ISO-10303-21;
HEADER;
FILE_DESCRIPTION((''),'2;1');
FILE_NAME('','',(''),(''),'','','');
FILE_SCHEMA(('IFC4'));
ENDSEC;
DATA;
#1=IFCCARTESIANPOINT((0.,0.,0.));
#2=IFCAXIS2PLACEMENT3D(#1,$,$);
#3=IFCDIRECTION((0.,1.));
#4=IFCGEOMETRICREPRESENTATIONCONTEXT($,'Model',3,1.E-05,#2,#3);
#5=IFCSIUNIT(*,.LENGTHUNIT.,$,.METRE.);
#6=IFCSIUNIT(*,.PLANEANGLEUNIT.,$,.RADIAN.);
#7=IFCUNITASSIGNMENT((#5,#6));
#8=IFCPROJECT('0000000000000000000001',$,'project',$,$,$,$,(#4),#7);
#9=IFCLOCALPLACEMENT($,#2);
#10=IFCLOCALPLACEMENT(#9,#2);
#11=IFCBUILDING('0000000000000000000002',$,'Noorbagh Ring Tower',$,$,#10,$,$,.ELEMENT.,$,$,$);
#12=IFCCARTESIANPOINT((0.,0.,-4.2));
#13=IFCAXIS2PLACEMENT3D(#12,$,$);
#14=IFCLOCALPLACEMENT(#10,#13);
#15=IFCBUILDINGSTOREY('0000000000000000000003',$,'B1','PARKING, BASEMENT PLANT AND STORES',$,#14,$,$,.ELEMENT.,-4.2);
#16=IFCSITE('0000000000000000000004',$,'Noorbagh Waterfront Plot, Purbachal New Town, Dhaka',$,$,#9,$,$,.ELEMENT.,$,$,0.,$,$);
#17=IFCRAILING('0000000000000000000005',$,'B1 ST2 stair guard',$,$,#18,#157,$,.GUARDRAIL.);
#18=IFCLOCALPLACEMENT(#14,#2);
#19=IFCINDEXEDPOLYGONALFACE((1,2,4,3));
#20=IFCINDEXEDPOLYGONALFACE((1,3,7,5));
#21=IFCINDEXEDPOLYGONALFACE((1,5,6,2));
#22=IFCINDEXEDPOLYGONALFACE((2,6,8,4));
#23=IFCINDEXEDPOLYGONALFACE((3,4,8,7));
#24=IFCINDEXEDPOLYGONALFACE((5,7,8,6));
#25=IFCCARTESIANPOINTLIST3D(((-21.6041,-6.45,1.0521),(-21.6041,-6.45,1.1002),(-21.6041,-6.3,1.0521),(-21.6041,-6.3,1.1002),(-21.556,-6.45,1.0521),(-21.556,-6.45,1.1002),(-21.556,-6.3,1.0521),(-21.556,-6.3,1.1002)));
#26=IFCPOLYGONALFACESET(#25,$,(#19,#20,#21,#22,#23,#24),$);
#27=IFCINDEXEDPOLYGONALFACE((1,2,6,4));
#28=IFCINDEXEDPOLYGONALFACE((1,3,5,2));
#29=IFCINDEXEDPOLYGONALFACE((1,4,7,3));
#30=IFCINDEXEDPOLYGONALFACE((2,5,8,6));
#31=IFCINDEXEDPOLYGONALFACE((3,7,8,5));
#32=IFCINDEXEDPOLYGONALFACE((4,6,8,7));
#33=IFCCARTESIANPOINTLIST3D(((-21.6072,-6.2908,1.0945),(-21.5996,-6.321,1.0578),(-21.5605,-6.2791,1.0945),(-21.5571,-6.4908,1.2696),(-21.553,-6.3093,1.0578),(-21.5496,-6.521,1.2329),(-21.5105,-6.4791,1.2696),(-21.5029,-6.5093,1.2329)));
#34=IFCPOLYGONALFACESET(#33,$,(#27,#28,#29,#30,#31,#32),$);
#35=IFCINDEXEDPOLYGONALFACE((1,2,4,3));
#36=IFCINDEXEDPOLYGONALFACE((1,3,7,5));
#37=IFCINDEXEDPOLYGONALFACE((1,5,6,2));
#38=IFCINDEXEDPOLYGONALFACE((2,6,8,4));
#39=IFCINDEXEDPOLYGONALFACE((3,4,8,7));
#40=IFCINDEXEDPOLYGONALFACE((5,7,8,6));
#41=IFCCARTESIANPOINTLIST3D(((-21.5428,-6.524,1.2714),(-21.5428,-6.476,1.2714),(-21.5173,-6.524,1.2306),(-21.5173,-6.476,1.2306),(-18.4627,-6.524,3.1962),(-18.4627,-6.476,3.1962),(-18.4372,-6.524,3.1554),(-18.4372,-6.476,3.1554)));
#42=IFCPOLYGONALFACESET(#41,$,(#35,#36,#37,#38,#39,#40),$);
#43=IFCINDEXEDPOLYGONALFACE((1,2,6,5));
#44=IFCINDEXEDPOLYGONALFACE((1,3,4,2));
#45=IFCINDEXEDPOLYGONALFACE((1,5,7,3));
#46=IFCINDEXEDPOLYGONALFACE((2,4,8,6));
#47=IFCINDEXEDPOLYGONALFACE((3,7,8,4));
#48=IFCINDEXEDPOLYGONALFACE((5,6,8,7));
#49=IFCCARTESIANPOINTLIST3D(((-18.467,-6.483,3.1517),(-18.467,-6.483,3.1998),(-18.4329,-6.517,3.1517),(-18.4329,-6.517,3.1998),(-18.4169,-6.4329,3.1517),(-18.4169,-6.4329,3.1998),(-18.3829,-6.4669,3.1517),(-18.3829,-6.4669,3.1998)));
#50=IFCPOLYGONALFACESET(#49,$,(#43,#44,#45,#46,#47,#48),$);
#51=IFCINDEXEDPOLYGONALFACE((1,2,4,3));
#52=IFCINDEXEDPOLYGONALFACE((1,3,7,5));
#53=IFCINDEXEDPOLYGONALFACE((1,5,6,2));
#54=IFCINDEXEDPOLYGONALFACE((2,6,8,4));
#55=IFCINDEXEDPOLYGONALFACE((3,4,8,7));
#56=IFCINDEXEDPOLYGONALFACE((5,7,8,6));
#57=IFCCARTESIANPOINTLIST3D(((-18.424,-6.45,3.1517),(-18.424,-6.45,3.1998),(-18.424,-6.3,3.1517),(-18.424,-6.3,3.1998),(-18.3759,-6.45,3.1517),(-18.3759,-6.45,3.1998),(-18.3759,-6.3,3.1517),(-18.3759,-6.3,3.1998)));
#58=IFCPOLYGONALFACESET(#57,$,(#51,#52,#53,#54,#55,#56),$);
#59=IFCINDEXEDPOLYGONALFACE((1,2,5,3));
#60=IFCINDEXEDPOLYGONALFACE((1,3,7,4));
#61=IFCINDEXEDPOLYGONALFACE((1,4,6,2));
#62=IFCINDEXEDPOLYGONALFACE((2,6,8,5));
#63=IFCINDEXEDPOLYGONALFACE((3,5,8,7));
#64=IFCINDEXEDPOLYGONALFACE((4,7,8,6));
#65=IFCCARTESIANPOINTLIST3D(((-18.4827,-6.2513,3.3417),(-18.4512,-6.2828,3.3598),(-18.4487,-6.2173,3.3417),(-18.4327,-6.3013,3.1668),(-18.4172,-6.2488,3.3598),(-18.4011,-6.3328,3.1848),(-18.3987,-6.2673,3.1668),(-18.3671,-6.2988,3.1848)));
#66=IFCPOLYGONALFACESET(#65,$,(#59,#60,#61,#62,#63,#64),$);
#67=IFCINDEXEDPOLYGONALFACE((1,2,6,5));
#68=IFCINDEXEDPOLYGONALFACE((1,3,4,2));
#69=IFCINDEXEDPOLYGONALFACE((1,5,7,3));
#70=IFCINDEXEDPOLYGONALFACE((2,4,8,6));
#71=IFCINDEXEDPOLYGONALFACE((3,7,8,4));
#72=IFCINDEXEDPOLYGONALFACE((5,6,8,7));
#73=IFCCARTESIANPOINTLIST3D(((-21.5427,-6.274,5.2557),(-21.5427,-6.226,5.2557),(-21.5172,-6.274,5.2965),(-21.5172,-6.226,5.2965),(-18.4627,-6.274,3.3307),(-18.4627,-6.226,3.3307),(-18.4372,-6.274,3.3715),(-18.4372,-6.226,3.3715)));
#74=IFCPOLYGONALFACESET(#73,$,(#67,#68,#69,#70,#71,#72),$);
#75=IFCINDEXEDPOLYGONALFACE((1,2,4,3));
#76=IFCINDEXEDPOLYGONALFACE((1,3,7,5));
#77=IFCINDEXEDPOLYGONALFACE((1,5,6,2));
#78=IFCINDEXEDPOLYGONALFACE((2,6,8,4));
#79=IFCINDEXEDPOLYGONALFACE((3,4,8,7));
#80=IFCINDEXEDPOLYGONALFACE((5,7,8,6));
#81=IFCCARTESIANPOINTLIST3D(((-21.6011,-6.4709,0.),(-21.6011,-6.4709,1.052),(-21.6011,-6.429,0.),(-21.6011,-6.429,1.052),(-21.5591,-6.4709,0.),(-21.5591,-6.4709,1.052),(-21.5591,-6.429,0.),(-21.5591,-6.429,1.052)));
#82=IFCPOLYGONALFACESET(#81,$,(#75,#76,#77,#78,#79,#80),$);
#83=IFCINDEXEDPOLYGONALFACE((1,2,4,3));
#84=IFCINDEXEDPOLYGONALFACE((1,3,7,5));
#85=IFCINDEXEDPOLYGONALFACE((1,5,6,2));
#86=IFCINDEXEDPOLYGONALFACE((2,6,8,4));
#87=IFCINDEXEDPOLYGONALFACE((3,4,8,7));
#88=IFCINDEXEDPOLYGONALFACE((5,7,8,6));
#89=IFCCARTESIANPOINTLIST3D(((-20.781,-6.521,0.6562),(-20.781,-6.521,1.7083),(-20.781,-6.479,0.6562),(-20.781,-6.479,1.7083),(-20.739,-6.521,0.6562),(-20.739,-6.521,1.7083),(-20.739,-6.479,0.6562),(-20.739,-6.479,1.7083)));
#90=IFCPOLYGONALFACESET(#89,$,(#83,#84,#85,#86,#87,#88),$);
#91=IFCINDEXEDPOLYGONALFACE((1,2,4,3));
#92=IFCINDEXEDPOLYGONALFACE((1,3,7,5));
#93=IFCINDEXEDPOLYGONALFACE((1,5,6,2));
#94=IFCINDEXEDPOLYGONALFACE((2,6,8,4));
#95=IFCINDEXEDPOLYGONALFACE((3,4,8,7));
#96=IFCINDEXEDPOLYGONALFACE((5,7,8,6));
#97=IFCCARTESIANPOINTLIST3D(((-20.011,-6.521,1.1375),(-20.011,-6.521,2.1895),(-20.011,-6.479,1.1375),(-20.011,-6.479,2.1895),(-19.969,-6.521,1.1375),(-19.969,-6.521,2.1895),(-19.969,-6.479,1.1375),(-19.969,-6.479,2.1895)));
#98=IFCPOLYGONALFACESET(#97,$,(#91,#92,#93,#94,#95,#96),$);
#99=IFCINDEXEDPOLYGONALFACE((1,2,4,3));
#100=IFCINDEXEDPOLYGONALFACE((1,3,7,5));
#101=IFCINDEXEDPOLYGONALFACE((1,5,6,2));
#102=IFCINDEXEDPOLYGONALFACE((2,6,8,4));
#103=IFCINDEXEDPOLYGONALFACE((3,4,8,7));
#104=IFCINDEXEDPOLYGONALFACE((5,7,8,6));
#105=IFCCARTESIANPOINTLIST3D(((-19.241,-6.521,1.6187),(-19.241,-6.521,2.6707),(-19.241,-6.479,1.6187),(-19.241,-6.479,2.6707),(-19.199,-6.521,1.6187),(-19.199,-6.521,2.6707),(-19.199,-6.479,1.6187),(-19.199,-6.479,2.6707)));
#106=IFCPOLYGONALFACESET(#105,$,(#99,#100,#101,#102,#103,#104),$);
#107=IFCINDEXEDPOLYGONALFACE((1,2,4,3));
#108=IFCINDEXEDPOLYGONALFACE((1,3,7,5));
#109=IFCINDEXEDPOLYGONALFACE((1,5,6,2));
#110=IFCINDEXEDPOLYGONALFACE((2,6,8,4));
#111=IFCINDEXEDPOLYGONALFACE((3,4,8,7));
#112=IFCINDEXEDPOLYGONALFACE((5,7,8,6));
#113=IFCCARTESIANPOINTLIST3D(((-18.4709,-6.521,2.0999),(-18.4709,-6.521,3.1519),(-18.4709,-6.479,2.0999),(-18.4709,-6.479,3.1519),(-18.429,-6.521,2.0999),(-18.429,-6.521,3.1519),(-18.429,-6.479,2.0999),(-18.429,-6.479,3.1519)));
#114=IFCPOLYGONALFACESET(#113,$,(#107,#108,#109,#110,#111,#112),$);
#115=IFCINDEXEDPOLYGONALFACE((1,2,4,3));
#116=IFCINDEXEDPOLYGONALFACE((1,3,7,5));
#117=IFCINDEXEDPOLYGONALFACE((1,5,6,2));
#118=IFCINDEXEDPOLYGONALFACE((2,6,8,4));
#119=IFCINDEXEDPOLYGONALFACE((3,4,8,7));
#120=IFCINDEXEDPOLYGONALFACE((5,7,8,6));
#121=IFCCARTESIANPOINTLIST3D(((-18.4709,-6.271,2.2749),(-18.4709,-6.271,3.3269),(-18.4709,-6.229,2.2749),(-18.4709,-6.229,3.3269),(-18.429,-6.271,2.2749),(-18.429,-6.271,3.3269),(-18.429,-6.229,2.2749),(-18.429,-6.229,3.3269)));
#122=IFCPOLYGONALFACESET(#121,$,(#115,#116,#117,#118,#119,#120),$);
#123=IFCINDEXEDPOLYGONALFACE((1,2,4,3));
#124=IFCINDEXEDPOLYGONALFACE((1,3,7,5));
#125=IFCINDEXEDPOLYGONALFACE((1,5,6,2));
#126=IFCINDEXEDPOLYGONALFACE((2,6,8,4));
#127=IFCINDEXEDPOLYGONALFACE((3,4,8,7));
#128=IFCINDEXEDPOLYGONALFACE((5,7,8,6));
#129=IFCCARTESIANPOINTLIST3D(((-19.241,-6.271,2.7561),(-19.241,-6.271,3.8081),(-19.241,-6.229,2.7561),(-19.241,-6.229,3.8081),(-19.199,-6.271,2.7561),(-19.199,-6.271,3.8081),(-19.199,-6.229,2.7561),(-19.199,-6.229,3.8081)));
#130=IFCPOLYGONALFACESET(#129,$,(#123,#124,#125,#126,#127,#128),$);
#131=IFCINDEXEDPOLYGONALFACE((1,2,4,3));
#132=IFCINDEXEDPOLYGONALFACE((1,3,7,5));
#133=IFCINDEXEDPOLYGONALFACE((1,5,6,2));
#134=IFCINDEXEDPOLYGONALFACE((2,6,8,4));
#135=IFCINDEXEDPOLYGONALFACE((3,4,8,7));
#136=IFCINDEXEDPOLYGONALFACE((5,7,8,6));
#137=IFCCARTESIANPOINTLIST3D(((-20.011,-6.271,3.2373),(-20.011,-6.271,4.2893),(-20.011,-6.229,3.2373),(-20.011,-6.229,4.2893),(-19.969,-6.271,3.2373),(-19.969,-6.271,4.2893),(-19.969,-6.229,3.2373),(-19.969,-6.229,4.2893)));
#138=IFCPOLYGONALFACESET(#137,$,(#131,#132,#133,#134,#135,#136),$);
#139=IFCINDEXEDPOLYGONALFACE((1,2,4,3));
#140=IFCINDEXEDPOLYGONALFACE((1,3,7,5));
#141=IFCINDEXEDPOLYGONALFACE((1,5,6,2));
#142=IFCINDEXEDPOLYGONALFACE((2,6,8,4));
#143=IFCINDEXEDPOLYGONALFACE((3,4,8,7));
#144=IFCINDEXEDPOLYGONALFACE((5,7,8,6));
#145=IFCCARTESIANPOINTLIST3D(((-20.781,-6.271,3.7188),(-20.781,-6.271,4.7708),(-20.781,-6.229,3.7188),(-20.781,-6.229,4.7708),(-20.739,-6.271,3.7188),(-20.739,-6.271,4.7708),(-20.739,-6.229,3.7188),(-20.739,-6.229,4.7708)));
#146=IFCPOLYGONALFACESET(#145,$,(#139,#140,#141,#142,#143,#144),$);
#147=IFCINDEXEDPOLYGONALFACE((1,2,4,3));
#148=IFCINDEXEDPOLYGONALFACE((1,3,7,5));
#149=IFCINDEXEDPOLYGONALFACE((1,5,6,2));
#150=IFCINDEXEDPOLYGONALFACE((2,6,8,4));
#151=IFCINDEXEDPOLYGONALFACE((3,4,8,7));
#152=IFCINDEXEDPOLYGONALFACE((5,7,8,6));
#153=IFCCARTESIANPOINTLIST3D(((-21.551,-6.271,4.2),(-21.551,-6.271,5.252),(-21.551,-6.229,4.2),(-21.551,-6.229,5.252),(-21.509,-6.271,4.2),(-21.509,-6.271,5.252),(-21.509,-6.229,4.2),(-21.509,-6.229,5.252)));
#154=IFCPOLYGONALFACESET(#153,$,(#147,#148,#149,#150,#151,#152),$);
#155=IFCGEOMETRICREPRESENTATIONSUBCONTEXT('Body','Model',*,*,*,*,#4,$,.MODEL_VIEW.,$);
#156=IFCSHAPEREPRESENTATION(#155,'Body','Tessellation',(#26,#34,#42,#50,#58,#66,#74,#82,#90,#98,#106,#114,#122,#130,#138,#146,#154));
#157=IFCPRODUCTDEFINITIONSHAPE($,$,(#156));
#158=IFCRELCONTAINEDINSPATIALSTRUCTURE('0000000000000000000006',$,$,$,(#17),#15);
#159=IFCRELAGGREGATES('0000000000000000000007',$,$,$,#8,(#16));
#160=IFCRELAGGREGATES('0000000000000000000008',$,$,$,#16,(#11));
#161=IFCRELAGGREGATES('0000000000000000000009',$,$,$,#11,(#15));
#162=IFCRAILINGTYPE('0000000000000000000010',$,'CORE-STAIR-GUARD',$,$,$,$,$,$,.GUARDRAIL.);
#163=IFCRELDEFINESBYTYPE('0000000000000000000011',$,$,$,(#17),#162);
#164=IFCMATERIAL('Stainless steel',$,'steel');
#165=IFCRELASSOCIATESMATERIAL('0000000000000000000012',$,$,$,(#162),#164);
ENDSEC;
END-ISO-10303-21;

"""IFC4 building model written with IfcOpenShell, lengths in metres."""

from ifc_helpers import new_model, si_unit, direction, frame, origin, origin_2d, place, context, subcontext, project, spatial, rectangle, extrude, material, type_object, element, save


model = new_model("IFC4")

# Units and contexts
model_context = context("Model", 3, precision=1e-05, world=origin(), true_north=direction((0.0, 1.0)))
body_context = subcontext(model_context, "Body", "Model", "MODEL_VIEW")
ifc_project = project(units=[si_unit("LENGTHUNIT", "METRE"), si_unit("PLANEANGLEUNIT", "RADIAN")], contexts=[model_context])

# Site, building, storey
site_placement = place(None, origin())
site = spatial("IfcSite", under=ifc_project, at=site_placement, Name="Noorbagh Waterfront Plot, Purbachal New Town, Dhaka", CompositionType="ELEMENT", RefElevation=0.0)
building_placement = place(site_placement, origin())
building = spatial("IfcBuilding", under=site, at=building_placement, Name="Noorbagh Ring Tower", CompositionType="ELEMENT")
storey_placement = place(building_placement, frame((0.0, 0.0, -4.2)))
storey = spatial("IfcBuildingStorey", under=building, at=storey_placement, Name="B1", Description="PARKING, BASEMENT PLANT AND STORES", CompositionType="ELEMENT", Elevation=-4.2)

# Railing
ifc_material_1 = material(Name="Stainless steel", Category="steel")
railing_type_1 = type_object("IfcRailingType", Name="CORE-STAIR-GUARD", PredefinedType="GUARDRAIL", material=ifc_material_1)
railing_1_placement = place(storey_placement, frame((-21.5801, -6.45, 0.0)))
element("IfcRailing", 1, at=railing_1_placement, inside=storey, type_object=railing_type_1, Name="B1 ST2 stair guard", PredefinedType="GUARDRAIL", context=body_context, shape_type="SweptSolid", body=[
    extrude(rectangle(XDim=0.0481, YDim=0.0481, at=origin_2d()), frame((0.0, 0.0, 1.0762), z_axis=(0.0, 1.0, 0.0), x_axis=(-1.0, 0.0, 0.0)), (0.0, 0.0, 1.0), 0.1499),
    extrude(rectangle(XDim=0.0481, YDim=0.0481, at=origin_2d()), frame((0.0, 0.1499, 1.0762), z_axis=(0.185078, -0.739407, 0.64732), x_axis=(0.970073, 0.242814, 0.0)), (0.0, 0.0, 1.0), 0.2705),
    extrude(rectangle(XDim=0.0481, YDim=0.0481, at=origin_2d()), frame((0.05, -0.05, 1.251), z_axis=(0.848029, 0.0, 0.529951), x_axis=(0.0, 1.0, 0.0)), (0.0, 0.0, 1.0), 3.6321),
    extrude(rectangle(XDim=0.0481, YDim=0.0481, at=origin_2d()), frame((3.1301, -0.05, 3.1758), z_axis=(0.707107, 0.707107, 0.0), x_axis=(-0.707107, 0.707107, 0.0)), (0.0, 0.0, 1.0), 0.0708),
    extrude(rectangle(XDim=0.0481, YDim=0.0481, at=origin_2d()), frame((3.1802, 0.0, 3.1758), z_axis=(0.0, 1.0, 0.0), x_axis=(-1.0, 0.0, 0.0)), (0.0, 0.0, 1.0), 0.1499),
    extrude(rectangle(XDim=0.0481, YDim=0.0481, at=origin_2d()), frame((3.1802, 0.1499, 3.1758), z_axis=(-0.265065, 0.265065, 0.927082), x_axis=(-0.707107, -0.707107, 0.0)), (0.0, 0.0, 1.0), 0.1887),
    extrude(rectangle(XDim=0.0481, YDim=0.0481, at=origin_2d()), frame((3.1301, 0.2, 3.3511), z_axis=(-0.847998, 0.0, 0.529999), x_axis=(0.0, -1.0, 0.0)), (0.0, 0.0, 1.0), 3.6321),
    extrude(rectangle(XDim=0.042, YDim=0.042, at=origin_2d()), origin(), (0.0, 0.0, 1.0), 1.052),
    extrude(rectangle(XDim=0.042, YDim=0.042, at=origin_2d()), frame((0.8201, -0.05, 0.6562)), (0.0, 0.0, 1.0), 1.052),
    extrude(rectangle(XDim=0.042, YDim=0.042, at=origin_2d()), frame((1.5901, -0.05, 1.1375)), (0.0, 0.0, 1.0), 1.052),
    extrude(rectangle(XDim=0.042, YDim=0.042, at=origin_2d()), frame((2.3601, -0.05, 1.6187)), (0.0, 0.0, 1.0), 1.052),
    extrude(rectangle(XDim=0.042, YDim=0.042, at=origin_2d()), frame((3.1301, -0.05, 2.0999)), (0.0, 0.0, 1.0), 1.052),
    extrude(rectangle(XDim=0.042, YDim=0.042, at=origin_2d()), frame((3.1301, 0.2, 2.2749)), (0.0, 0.0, 1.0), 1.052),
    extrude(rectangle(XDim=0.042, YDim=0.042, at=origin_2d()), frame((2.3601, 0.2, 2.7561)), (0.0, 0.0, 1.0), 1.052),
    extrude(rectangle(XDim=0.042, YDim=0.042, at=origin_2d()), frame((1.5901, 0.2, 3.2373)), (0.0, 0.0, 1.0), 1.052),
    extrude(rectangle(XDim=0.042, YDim=0.042, at=origin_2d()), frame((0.8201, 0.2, 3.7188)), (0.0, 0.0, 1.0), 1.052),
    extrude(rectangle(XDim=0.042, YDim=0.042, at=origin_2d()), frame((0.05, 0.2, 4.2)), (0.0, 0.0, 1.0), 1.052),
])

save(model, "model.ifc")
